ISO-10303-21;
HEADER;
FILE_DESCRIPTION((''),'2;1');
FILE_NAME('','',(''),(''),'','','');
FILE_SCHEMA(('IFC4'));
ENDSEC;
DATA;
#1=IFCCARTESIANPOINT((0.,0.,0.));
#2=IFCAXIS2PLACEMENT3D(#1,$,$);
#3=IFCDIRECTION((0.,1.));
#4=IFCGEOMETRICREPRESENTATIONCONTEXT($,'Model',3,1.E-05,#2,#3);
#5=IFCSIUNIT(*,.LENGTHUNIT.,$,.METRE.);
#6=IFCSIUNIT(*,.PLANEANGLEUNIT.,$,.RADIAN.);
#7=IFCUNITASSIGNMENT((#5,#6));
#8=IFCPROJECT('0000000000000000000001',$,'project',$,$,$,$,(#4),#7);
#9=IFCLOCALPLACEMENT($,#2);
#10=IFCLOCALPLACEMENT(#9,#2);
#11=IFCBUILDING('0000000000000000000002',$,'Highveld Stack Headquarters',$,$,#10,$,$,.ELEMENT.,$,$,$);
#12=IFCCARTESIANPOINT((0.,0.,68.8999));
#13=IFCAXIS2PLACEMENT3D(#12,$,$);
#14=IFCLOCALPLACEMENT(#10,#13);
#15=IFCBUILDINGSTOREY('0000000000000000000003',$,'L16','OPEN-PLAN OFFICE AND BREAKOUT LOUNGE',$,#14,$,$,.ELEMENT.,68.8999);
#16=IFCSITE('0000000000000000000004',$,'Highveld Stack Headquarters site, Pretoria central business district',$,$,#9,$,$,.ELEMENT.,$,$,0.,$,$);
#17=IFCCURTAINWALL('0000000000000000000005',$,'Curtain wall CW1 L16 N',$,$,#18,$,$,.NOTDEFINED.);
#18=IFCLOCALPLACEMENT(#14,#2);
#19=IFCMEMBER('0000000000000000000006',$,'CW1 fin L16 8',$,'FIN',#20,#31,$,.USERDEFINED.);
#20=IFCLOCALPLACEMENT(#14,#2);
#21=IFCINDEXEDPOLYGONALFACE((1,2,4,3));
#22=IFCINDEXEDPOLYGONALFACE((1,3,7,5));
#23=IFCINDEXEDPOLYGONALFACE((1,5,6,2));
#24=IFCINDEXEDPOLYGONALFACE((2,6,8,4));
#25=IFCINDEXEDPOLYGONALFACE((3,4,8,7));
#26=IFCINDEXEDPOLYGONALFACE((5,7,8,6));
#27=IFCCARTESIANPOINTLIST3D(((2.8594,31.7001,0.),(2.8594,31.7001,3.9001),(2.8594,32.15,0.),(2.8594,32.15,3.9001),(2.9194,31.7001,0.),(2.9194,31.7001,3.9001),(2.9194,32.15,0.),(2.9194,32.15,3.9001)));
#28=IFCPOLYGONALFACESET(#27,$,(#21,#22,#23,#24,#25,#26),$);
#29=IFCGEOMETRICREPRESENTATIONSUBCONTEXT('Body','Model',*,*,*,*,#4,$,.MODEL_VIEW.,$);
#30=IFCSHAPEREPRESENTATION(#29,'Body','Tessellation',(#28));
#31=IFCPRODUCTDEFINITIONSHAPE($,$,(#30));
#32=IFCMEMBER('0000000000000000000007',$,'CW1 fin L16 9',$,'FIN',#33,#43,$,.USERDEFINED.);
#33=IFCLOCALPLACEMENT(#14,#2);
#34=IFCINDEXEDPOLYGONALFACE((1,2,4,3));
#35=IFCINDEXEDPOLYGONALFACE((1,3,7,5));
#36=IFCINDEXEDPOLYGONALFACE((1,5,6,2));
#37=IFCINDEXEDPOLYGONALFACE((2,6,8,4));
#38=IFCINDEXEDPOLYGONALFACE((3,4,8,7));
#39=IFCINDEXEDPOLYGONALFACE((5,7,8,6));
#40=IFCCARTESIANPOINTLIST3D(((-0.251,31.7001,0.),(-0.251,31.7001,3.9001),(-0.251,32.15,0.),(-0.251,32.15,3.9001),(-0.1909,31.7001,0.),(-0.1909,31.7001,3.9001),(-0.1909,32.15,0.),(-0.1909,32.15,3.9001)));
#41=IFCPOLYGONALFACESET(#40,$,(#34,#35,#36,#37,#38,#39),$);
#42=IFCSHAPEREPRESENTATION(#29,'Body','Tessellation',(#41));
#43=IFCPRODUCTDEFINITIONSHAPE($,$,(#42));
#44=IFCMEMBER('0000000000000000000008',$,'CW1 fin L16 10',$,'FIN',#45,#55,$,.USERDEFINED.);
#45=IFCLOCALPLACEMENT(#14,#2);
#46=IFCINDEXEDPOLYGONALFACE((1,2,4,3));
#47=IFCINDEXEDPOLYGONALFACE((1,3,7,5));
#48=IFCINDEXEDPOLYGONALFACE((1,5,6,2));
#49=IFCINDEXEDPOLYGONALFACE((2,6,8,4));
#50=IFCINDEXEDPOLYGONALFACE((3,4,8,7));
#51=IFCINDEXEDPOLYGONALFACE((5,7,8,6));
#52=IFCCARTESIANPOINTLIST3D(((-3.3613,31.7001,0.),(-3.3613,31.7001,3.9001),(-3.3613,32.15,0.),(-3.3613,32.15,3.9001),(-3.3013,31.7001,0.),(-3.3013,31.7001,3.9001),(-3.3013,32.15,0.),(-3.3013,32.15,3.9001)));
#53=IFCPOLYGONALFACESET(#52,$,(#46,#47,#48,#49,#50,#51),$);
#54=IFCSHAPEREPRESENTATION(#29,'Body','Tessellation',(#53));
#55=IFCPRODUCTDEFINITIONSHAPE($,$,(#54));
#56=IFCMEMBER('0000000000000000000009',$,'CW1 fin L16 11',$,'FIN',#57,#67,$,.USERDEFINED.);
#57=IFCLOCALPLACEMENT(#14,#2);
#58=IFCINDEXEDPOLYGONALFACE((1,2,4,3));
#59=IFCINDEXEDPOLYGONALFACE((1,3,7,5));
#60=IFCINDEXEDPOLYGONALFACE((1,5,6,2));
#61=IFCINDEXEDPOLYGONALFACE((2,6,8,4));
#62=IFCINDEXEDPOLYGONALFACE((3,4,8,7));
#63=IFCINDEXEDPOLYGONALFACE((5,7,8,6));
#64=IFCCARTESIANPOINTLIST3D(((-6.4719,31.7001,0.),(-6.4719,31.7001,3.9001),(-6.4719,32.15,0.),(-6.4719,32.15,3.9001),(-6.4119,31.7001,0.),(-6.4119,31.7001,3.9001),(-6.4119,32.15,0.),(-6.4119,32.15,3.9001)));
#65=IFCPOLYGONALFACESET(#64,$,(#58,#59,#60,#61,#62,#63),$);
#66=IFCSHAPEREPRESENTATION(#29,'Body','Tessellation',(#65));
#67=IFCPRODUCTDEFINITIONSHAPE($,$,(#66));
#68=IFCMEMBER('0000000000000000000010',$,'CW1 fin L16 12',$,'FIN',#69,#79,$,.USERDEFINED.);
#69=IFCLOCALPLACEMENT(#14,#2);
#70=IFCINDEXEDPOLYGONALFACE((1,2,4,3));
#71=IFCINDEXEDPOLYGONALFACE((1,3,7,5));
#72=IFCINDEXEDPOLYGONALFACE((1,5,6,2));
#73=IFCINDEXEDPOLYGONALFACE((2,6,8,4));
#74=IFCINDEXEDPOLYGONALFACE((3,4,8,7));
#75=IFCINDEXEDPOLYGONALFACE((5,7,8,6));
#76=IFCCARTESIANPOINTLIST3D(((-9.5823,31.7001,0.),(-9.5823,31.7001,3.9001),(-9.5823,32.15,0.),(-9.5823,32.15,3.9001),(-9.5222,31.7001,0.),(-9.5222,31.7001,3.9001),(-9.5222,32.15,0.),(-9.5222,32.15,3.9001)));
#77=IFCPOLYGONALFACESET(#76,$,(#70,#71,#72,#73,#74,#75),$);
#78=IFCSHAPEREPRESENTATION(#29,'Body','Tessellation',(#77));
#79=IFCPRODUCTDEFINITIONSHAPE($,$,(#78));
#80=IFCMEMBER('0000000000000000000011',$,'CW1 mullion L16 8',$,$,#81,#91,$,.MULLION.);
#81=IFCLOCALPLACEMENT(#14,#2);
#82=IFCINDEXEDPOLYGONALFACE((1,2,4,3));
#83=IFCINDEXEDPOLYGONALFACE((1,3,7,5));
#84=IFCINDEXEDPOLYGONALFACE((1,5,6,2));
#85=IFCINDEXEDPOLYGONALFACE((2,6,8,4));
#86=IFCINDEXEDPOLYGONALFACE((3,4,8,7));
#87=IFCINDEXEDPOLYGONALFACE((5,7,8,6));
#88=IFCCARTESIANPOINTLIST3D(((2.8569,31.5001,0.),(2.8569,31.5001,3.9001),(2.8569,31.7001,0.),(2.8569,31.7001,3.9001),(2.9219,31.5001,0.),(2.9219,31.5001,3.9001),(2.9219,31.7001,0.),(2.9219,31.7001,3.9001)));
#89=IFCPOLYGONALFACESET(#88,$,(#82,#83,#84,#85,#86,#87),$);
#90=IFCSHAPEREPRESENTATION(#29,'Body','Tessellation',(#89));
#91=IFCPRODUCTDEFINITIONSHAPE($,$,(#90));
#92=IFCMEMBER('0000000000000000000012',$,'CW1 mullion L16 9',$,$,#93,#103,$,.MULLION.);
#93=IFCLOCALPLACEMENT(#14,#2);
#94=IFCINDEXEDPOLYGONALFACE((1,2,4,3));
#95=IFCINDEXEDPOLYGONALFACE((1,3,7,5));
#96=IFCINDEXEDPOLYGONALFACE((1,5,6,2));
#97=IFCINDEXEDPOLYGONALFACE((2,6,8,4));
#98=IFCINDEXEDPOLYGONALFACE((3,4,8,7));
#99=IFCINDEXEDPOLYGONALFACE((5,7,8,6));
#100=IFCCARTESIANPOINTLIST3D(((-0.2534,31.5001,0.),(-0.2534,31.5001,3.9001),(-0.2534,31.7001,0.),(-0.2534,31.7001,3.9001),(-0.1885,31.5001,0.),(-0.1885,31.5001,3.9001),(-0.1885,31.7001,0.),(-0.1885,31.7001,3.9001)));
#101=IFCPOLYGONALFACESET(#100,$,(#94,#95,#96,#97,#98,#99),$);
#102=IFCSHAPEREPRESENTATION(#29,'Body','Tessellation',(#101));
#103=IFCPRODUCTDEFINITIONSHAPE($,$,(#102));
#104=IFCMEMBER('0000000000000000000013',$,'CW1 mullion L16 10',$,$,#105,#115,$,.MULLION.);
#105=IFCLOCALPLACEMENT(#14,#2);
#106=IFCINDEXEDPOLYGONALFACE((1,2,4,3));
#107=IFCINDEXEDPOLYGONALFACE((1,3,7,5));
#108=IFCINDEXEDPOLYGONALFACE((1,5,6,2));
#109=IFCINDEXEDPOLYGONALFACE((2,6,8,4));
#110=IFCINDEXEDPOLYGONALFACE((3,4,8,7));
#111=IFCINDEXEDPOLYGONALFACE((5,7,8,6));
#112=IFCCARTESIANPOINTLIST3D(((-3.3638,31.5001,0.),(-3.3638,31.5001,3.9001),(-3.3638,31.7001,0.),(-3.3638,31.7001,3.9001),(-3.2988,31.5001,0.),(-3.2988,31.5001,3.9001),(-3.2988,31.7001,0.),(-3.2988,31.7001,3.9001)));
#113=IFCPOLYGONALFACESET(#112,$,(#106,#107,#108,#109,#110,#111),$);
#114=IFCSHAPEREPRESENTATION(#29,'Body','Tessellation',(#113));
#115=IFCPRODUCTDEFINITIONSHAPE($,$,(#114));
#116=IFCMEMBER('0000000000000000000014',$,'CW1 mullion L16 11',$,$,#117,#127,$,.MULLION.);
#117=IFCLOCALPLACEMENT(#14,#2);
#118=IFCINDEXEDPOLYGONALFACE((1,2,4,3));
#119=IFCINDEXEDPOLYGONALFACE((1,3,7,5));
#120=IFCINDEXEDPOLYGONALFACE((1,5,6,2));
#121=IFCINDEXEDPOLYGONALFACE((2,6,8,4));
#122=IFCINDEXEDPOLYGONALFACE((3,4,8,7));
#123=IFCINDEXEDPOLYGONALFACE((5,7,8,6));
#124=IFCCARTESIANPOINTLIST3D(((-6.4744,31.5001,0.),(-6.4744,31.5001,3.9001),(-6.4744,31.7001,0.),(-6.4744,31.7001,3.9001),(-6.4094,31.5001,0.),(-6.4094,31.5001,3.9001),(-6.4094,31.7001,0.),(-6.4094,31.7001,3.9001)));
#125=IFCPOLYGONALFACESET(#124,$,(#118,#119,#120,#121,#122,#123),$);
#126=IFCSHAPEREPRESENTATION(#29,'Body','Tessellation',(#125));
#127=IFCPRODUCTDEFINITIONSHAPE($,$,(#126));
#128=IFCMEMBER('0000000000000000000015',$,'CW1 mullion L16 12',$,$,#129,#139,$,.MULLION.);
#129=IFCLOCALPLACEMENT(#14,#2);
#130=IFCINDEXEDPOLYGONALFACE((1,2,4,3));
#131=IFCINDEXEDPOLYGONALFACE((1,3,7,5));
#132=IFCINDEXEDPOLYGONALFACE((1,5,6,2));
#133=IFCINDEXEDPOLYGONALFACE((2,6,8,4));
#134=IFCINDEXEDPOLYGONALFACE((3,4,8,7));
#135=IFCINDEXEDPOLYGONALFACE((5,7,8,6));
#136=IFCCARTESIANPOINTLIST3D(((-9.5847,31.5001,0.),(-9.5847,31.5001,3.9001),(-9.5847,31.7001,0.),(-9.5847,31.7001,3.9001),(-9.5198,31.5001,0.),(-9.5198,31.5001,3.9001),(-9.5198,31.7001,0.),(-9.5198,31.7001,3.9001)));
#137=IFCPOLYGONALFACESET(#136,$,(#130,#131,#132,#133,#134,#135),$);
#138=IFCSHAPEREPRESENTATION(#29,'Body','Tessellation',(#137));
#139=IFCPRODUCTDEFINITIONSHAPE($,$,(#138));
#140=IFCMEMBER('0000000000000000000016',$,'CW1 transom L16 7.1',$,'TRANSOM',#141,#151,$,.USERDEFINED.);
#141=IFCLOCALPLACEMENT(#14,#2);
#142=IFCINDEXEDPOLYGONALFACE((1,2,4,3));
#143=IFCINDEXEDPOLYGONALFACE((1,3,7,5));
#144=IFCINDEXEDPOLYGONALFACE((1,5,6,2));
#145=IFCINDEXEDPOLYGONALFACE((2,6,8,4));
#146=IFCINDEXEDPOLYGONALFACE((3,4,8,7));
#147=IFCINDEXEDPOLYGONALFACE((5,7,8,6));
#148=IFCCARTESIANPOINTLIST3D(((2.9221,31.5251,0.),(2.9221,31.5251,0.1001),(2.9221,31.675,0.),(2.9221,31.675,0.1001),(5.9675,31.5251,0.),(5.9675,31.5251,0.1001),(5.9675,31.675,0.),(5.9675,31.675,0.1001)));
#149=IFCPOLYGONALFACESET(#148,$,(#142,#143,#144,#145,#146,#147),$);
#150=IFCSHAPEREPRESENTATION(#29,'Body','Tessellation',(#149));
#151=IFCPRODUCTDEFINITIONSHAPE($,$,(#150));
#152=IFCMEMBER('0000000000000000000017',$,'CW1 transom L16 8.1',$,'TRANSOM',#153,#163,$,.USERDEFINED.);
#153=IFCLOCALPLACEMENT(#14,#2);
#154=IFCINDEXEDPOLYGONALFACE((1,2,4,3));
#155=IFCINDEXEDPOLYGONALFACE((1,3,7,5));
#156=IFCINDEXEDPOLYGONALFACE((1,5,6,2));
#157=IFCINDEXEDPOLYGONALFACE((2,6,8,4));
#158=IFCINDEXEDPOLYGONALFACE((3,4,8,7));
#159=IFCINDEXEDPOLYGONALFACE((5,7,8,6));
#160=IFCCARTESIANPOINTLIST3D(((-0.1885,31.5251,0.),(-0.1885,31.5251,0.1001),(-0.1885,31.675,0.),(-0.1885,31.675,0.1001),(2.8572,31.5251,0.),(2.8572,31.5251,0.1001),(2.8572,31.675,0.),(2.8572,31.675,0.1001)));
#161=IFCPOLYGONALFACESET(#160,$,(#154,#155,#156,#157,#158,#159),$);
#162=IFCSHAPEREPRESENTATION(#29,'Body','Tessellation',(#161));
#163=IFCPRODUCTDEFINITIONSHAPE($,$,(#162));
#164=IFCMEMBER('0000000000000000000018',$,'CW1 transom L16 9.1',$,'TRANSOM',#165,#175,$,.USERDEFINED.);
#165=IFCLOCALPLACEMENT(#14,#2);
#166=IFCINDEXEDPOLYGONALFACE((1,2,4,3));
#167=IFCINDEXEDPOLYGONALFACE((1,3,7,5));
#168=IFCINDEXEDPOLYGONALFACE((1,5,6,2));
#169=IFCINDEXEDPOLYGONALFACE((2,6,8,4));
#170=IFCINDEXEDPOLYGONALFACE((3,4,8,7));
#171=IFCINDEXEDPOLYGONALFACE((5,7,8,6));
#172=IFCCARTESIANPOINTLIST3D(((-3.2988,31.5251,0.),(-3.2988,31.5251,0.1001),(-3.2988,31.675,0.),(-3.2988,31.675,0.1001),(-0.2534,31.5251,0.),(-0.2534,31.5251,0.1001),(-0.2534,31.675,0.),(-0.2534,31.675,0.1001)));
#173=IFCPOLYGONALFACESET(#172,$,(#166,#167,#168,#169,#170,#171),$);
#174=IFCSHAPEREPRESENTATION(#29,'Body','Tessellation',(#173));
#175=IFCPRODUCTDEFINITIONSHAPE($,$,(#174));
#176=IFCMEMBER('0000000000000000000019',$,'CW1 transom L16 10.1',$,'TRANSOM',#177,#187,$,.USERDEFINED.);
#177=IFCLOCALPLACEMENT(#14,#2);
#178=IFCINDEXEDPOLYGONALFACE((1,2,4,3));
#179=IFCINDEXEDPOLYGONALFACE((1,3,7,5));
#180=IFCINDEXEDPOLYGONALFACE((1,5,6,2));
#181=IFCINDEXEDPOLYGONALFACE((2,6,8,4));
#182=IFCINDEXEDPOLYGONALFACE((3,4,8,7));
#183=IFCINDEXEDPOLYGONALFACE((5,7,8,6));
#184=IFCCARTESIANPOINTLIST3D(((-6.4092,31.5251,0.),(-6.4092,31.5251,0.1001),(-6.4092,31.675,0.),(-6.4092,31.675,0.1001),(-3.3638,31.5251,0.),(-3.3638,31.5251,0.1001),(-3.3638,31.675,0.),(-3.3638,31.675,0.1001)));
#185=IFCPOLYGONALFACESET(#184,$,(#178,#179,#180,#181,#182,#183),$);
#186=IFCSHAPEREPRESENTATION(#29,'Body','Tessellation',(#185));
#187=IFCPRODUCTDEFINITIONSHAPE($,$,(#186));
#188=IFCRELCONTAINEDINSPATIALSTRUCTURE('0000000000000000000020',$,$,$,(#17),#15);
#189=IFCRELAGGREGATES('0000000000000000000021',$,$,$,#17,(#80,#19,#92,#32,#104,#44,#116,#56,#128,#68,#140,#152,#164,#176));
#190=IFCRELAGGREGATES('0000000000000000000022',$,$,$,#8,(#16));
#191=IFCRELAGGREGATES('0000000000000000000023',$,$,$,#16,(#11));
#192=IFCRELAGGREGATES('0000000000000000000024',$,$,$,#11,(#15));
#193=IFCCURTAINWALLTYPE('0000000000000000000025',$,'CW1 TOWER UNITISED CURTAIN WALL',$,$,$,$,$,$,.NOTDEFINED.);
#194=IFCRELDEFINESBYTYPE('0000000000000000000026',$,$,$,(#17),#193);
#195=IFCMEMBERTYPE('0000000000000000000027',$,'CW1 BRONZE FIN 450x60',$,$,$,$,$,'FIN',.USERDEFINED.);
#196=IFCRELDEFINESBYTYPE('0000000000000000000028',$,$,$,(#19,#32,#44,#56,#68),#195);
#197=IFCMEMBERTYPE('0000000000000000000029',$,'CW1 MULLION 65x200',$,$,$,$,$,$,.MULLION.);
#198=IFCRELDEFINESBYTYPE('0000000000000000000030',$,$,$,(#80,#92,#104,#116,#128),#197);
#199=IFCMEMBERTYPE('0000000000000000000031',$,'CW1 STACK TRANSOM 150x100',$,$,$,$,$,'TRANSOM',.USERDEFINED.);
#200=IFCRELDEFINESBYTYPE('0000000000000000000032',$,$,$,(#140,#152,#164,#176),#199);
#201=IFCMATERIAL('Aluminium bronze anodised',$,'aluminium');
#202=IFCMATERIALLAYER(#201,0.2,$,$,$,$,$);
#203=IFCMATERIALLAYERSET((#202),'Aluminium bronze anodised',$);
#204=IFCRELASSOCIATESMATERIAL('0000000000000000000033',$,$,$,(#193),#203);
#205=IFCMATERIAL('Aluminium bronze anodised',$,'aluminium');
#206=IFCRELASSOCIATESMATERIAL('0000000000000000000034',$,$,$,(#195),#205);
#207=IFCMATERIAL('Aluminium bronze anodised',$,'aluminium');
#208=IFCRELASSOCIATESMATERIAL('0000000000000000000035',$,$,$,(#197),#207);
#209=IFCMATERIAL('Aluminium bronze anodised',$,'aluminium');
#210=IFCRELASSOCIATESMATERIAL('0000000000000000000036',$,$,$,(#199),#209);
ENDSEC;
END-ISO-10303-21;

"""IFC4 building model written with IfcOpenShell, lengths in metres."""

from ifc_helpers import new_model, si_unit, direction, frame, origin, origin_2d, place, context, subcontext, project, spatial, rectangle, extrude, material, layer, layer_set, material_profile, profile_set, type_object, element, aggregate, save


model = new_model("IFC4")

# Units and contexts
model_context = context("Model", 3, precision=1e-05, world=origin(), true_north=direction((0.0, 1.0)))
body_context = subcontext(model_context, "Body", "Model", "MODEL_VIEW")
ifc_project = project(units=[si_unit("LENGTHUNIT", "METRE"), si_unit("PLANEANGLEUNIT", "RADIAN")], contexts=[model_context])

# Site, building, storey
site_placement = place(None, origin())
site = spatial("IfcSite", under=ifc_project, at=site_placement, Name="Highveld Stack Headquarters site, Pretoria central business district", CompositionType="ELEMENT", RefElevation=0.0)
building_placement = place(site_placement, origin())
building = spatial("IfcBuilding", under=site, at=building_placement, Name="Highveld Stack Headquarters", CompositionType="ELEMENT")
storey_placement = place(building_placement, frame((0.0, 0.0, 68.8999)))
storey = spatial("IfcBuildingStorey", under=building, at=storey_placement, Name="L16", Description="OPEN-PLAN OFFICE AND BREAKOUT LOUNGE", CompositionType="ELEMENT", Elevation=68.8999)

# Curtain wall, members
ifc_material_1 = material(Name="Aluminium bronze anodised", Category="aluminium")
ifc_layer_1 = layer(ifc_material_1, 0.2)
ifc_layer_set_1 = layer_set([ifc_layer_1], Name="Aluminium bronze anodised")
curtain_wall_type = type_object("IfcCurtainWallType", Name="CW1 TOWER UNITISED CURTAIN WALL", PredefinedType="NOTDEFINED", material=ifc_layer_set_1)
curtain_wall_placement = place(storey_placement, origin())
curtain_wall = element("IfcCurtainWall", 1, at=curtain_wall_placement, inside=storey, type_object=curtain_wall_type, Name="Curtain wall CW1 L16 N", PredefinedType="NOTDEFINED")
ifc_material_2 = material(Name="Aluminium bronze anodised", Category="aluminium")
ifc_material_profile_1 = material_profile(ifc_material_2, rectangle(XDim=0.45, YDim=0.0601, at=origin_2d()), Name="FIN 450x60")
ifc_profile_set_1 = profile_set([ifc_material_profile_1], Name="Aluminium bronze anodised")
member_type_1 = type_object("IfcMemberType", Name="CW1 BRONZE FIN 450x60", ElementType="FIN", PredefinedType="USERDEFINED", material=ifc_profile_set_1)
member_1_placement = place(storey_placement, frame((2.8894, 31.925, 0.0), z_axis=(0.0, 0.0, 1.0), x_axis=(0.0, -1.0, 0.0)))
member_1 = element("IfcMember", 2, at=member_1_placement, type_object=member_type_1, Name="CW1 fin L16 8", ObjectType="FIN", PredefinedType="USERDEFINED", context=body_context, shape_type="SweptSolid", body=[
    extrude(rectangle(XDim=0.45, YDim=0.0601, at=origin_2d()), origin(), (0.0, 0.0, 1.0), 3.9001),
])
member_2_placement = place(storey_placement, frame((-0.2209, 31.925, 0.0), z_axis=(0.0, 0.0, 1.0), x_axis=(0.0, -1.0, 0.0)))
member_2 = element("IfcMember", 3, at=member_2_placement, type_object=member_type_1, Name="CW1 fin L16 9", ObjectType="FIN", PredefinedType="USERDEFINED", context=body_context, shape_type="SweptSolid", body=[
    extrude(rectangle(XDim=0.45, YDim=0.0601, at=origin_2d()), origin(), (0.0, 0.0, 1.0), 3.9001),
])
member_3_placement = place(storey_placement, frame((-3.3313, 31.925, 0.0), z_axis=(0.0, 0.0, 1.0), x_axis=(0.0, -1.0, 0.0)))
member_3 = element("IfcMember", 4, at=member_3_placement, type_object=member_type_1, Name="CW1 fin L16 10", ObjectType="FIN", PredefinedType="USERDEFINED", context=body_context, shape_type="SweptSolid", body=[
    extrude(rectangle(XDim=0.45, YDim=0.0601, at=origin_2d()), origin(), (0.0, 0.0, 1.0), 3.9001),
])
member_4_placement = place(storey_placement, frame((-6.4419, 31.925, 0.0), z_axis=(0.0, 0.0, 1.0), x_axis=(0.0, -1.0, 0.0)))
member_4 = element("IfcMember", 5, at=member_4_placement, type_object=member_type_1, Name="CW1 fin L16 11", ObjectType="FIN", PredefinedType="USERDEFINED", context=body_context, shape_type="SweptSolid", body=[
    extrude(rectangle(XDim=0.45, YDim=0.0601, at=origin_2d()), origin(), (0.0, 0.0, 1.0), 3.9001),
])
member_5_placement = place(storey_placement, frame((-9.5522, 31.925, 0.0), z_axis=(0.0, 0.0, 1.0), x_axis=(0.0, -1.0, 0.0)))
member_5 = element("IfcMember", 6, at=member_5_placement, type_object=member_type_1, Name="CW1 fin L16 12", ObjectType="FIN", PredefinedType="USERDEFINED", context=body_context, shape_type="SweptSolid", body=[
    extrude(rectangle(XDim=0.45, YDim=0.0601, at=origin_2d()), origin(), (0.0, 0.0, 1.0), 3.9001),
])
ifc_material_3 = material(Name="Aluminium bronze anodised", Category="aluminium")
ifc_material_profile_2 = material_profile(ifc_material_3, rectangle(XDim=0.2, YDim=0.0649, at=origin_2d()), Name="CW1 MULLION 65x200")
ifc_profile_set_2 = profile_set([ifc_material_profile_2], Name="Aluminium bronze anodised")
member_type_2 = type_object("IfcMemberType", Name="CW1 MULLION 65x200", PredefinedType="MULLION", material=ifc_profile_set_2)
member_6_placement = place(storey_placement, frame((2.8894, 31.6001, 0.0), z_axis=(0.0, 0.0, 1.0), x_axis=(0.0, -1.0, 0.0)))
member_6 = element("IfcMember", 7, at=member_6_placement, type_object=member_type_2, Name="CW1 mullion L16 8", PredefinedType="MULLION", context=body_context, shape_type="SweptSolid", body=[
    extrude(rectangle(XDim=0.2, YDim=0.0649, at=origin_2d()), origin(), (0.0, 0.0, 1.0), 3.9001),
])
member_7_placement = place(storey_placement, frame((-0.2209, 31.6001, 0.0), z_axis=(0.0, 0.0, 1.0), x_axis=(0.0, -1.0, 0.0)))
member_7 = element("IfcMember", 8, at=member_7_placement, type_object=member_type_2, Name="CW1 mullion L16 9", PredefinedType="MULLION", context=body_context, shape_type="SweptSolid", body=[
    extrude(rectangle(XDim=0.2, YDim=0.0649, at=origin_2d()), origin(), (0.0, 0.0, 1.0), 3.9001),
])
member_8_placement = place(storey_placement, frame((-3.3313, 31.6001, 0.0), z_axis=(0.0, 0.0, 1.0), x_axis=(0.0, -1.0, 0.0)))
member_8 = element("IfcMember", 9, at=member_8_placement, type_object=member_type_2, Name="CW1 mullion L16 10", PredefinedType="MULLION", context=body_context, shape_type="SweptSolid", body=[
    extrude(rectangle(XDim=0.2, YDim=0.0649, at=origin_2d()), origin(), (0.0, 0.0, 1.0), 3.9001),
])
member_9_placement = place(storey_placement, frame((-6.4419, 31.6001, 0.0), z_axis=(0.0, 0.0, 1.0), x_axis=(0.0, -1.0, 0.0)))
member_9 = element("IfcMember", 10, at=member_9_placement, type_object=member_type_2, Name="CW1 mullion L16 11", PredefinedType="MULLION", context=body_context, shape_type="SweptSolid", body=[
    extrude(rectangle(XDim=0.2, YDim=0.0649, at=origin_2d()), origin(), (0.0, 0.0, 1.0), 3.9001),
])
member_10_placement = place(storey_placement, frame((-9.5522, 31.6001, 0.0), z_axis=(0.0, 0.0, 1.0), x_axis=(0.0, -1.0, 0.0)))
member_10 = element("IfcMember", 11, at=member_10_placement, type_object=member_type_2, Name="CW1 mullion L16 12", PredefinedType="MULLION", context=body_context, shape_type="SweptSolid", body=[
    extrude(rectangle(XDim=0.2, YDim=0.0649, at=origin_2d()), origin(), (0.0, 0.0, 1.0), 3.9001),
])
ifc_material_4 = material(Name="Aluminium bronze anodised", Category="aluminium")
ifc_material_profile_3 = material_profile(ifc_material_4, rectangle(XDim=0.1499, YDim=0.1001, at=origin_2d()), Name="CW1 TRANSOM 150x100")
ifc_profile_set_3 = profile_set([ifc_material_profile_3], Name="Aluminium bronze anodised")
member_type_3 = type_object("IfcMemberType", Name="CW1 STACK TRANSOM 150x100", ElementType="TRANSOM", PredefinedType="USERDEFINED", material=ifc_profile_set_3)
member_11_placement = place(storey_placement, frame((5.9675, 31.6001, 0.05), z_axis=(-1.0, 0.0, 0.0), x_axis=(0.0, -1.0, 0.0)))
member_11 = element("IfcMember", 12, at=member_11_placement, type_object=member_type_3, Name="CW1 transom L16 7.1", ObjectType="TRANSOM", PredefinedType="USERDEFINED", context=body_context, shape_type="SweptSolid", body=[
    extrude(rectangle(XDim=0.1499, YDim=0.1001, at=origin_2d()), origin(), (0.0, 0.0, 1.0), 3.0454),
])
member_12_placement = place(storey_placement, frame((2.8572, 31.6001, 0.05), z_axis=(-1.0, 0.0, 0.0), x_axis=(0.0, -1.0, 0.0)))
member_12 = element("IfcMember", 13, at=member_12_placement, type_object=member_type_3, Name="CW1 transom L16 8.1", ObjectType="TRANSOM", PredefinedType="USERDEFINED", context=body_context, shape_type="SweptSolid", body=[
    extrude(rectangle(XDim=0.1499, YDim=0.1001, at=origin_2d()), origin(), (0.0, 0.0, 1.0), 3.0457),
])
member_13_placement = place(storey_placement, frame((-0.2534, 31.6001, 0.05), z_axis=(-1.0, 0.0, 0.0), x_axis=(0.0, -1.0, 0.0)))
member_13 = element("IfcMember", 14, at=member_13_placement, type_object=member_type_3, Name="CW1 transom L16 9.1", ObjectType="TRANSOM", PredefinedType="USERDEFINED", context=body_context, shape_type="SweptSolid", body=[
    extrude(rectangle(XDim=0.1499, YDim=0.1001, at=origin_2d()), origin(), (0.0, 0.0, 1.0), 3.0454),
])
member_14_placement = place(storey_placement, frame((-3.3638, 31.6001, 0.05), z_axis=(-1.0, 0.0, 0.0), x_axis=(0.0, -1.0, 0.0)))
member_14 = element("IfcMember", 15, at=member_14_placement, type_object=member_type_3, Name="CW1 transom L16 10.1", ObjectType="TRANSOM", PredefinedType="USERDEFINED", context=body_context, shape_type="SweptSolid", body=[
    extrude(rectangle(XDim=0.1499, YDim=0.1001, at=origin_2d()), origin(), (0.0, 0.0, 1.0), 3.0454),
])

aggregate(curtain_wall, [member_6, member_1, member_7, member_2, member_8, member_3, member_9, member_4, member_10, member_5, member_11, member_12, member_13, member_14])

save(model, "model.ifc")
